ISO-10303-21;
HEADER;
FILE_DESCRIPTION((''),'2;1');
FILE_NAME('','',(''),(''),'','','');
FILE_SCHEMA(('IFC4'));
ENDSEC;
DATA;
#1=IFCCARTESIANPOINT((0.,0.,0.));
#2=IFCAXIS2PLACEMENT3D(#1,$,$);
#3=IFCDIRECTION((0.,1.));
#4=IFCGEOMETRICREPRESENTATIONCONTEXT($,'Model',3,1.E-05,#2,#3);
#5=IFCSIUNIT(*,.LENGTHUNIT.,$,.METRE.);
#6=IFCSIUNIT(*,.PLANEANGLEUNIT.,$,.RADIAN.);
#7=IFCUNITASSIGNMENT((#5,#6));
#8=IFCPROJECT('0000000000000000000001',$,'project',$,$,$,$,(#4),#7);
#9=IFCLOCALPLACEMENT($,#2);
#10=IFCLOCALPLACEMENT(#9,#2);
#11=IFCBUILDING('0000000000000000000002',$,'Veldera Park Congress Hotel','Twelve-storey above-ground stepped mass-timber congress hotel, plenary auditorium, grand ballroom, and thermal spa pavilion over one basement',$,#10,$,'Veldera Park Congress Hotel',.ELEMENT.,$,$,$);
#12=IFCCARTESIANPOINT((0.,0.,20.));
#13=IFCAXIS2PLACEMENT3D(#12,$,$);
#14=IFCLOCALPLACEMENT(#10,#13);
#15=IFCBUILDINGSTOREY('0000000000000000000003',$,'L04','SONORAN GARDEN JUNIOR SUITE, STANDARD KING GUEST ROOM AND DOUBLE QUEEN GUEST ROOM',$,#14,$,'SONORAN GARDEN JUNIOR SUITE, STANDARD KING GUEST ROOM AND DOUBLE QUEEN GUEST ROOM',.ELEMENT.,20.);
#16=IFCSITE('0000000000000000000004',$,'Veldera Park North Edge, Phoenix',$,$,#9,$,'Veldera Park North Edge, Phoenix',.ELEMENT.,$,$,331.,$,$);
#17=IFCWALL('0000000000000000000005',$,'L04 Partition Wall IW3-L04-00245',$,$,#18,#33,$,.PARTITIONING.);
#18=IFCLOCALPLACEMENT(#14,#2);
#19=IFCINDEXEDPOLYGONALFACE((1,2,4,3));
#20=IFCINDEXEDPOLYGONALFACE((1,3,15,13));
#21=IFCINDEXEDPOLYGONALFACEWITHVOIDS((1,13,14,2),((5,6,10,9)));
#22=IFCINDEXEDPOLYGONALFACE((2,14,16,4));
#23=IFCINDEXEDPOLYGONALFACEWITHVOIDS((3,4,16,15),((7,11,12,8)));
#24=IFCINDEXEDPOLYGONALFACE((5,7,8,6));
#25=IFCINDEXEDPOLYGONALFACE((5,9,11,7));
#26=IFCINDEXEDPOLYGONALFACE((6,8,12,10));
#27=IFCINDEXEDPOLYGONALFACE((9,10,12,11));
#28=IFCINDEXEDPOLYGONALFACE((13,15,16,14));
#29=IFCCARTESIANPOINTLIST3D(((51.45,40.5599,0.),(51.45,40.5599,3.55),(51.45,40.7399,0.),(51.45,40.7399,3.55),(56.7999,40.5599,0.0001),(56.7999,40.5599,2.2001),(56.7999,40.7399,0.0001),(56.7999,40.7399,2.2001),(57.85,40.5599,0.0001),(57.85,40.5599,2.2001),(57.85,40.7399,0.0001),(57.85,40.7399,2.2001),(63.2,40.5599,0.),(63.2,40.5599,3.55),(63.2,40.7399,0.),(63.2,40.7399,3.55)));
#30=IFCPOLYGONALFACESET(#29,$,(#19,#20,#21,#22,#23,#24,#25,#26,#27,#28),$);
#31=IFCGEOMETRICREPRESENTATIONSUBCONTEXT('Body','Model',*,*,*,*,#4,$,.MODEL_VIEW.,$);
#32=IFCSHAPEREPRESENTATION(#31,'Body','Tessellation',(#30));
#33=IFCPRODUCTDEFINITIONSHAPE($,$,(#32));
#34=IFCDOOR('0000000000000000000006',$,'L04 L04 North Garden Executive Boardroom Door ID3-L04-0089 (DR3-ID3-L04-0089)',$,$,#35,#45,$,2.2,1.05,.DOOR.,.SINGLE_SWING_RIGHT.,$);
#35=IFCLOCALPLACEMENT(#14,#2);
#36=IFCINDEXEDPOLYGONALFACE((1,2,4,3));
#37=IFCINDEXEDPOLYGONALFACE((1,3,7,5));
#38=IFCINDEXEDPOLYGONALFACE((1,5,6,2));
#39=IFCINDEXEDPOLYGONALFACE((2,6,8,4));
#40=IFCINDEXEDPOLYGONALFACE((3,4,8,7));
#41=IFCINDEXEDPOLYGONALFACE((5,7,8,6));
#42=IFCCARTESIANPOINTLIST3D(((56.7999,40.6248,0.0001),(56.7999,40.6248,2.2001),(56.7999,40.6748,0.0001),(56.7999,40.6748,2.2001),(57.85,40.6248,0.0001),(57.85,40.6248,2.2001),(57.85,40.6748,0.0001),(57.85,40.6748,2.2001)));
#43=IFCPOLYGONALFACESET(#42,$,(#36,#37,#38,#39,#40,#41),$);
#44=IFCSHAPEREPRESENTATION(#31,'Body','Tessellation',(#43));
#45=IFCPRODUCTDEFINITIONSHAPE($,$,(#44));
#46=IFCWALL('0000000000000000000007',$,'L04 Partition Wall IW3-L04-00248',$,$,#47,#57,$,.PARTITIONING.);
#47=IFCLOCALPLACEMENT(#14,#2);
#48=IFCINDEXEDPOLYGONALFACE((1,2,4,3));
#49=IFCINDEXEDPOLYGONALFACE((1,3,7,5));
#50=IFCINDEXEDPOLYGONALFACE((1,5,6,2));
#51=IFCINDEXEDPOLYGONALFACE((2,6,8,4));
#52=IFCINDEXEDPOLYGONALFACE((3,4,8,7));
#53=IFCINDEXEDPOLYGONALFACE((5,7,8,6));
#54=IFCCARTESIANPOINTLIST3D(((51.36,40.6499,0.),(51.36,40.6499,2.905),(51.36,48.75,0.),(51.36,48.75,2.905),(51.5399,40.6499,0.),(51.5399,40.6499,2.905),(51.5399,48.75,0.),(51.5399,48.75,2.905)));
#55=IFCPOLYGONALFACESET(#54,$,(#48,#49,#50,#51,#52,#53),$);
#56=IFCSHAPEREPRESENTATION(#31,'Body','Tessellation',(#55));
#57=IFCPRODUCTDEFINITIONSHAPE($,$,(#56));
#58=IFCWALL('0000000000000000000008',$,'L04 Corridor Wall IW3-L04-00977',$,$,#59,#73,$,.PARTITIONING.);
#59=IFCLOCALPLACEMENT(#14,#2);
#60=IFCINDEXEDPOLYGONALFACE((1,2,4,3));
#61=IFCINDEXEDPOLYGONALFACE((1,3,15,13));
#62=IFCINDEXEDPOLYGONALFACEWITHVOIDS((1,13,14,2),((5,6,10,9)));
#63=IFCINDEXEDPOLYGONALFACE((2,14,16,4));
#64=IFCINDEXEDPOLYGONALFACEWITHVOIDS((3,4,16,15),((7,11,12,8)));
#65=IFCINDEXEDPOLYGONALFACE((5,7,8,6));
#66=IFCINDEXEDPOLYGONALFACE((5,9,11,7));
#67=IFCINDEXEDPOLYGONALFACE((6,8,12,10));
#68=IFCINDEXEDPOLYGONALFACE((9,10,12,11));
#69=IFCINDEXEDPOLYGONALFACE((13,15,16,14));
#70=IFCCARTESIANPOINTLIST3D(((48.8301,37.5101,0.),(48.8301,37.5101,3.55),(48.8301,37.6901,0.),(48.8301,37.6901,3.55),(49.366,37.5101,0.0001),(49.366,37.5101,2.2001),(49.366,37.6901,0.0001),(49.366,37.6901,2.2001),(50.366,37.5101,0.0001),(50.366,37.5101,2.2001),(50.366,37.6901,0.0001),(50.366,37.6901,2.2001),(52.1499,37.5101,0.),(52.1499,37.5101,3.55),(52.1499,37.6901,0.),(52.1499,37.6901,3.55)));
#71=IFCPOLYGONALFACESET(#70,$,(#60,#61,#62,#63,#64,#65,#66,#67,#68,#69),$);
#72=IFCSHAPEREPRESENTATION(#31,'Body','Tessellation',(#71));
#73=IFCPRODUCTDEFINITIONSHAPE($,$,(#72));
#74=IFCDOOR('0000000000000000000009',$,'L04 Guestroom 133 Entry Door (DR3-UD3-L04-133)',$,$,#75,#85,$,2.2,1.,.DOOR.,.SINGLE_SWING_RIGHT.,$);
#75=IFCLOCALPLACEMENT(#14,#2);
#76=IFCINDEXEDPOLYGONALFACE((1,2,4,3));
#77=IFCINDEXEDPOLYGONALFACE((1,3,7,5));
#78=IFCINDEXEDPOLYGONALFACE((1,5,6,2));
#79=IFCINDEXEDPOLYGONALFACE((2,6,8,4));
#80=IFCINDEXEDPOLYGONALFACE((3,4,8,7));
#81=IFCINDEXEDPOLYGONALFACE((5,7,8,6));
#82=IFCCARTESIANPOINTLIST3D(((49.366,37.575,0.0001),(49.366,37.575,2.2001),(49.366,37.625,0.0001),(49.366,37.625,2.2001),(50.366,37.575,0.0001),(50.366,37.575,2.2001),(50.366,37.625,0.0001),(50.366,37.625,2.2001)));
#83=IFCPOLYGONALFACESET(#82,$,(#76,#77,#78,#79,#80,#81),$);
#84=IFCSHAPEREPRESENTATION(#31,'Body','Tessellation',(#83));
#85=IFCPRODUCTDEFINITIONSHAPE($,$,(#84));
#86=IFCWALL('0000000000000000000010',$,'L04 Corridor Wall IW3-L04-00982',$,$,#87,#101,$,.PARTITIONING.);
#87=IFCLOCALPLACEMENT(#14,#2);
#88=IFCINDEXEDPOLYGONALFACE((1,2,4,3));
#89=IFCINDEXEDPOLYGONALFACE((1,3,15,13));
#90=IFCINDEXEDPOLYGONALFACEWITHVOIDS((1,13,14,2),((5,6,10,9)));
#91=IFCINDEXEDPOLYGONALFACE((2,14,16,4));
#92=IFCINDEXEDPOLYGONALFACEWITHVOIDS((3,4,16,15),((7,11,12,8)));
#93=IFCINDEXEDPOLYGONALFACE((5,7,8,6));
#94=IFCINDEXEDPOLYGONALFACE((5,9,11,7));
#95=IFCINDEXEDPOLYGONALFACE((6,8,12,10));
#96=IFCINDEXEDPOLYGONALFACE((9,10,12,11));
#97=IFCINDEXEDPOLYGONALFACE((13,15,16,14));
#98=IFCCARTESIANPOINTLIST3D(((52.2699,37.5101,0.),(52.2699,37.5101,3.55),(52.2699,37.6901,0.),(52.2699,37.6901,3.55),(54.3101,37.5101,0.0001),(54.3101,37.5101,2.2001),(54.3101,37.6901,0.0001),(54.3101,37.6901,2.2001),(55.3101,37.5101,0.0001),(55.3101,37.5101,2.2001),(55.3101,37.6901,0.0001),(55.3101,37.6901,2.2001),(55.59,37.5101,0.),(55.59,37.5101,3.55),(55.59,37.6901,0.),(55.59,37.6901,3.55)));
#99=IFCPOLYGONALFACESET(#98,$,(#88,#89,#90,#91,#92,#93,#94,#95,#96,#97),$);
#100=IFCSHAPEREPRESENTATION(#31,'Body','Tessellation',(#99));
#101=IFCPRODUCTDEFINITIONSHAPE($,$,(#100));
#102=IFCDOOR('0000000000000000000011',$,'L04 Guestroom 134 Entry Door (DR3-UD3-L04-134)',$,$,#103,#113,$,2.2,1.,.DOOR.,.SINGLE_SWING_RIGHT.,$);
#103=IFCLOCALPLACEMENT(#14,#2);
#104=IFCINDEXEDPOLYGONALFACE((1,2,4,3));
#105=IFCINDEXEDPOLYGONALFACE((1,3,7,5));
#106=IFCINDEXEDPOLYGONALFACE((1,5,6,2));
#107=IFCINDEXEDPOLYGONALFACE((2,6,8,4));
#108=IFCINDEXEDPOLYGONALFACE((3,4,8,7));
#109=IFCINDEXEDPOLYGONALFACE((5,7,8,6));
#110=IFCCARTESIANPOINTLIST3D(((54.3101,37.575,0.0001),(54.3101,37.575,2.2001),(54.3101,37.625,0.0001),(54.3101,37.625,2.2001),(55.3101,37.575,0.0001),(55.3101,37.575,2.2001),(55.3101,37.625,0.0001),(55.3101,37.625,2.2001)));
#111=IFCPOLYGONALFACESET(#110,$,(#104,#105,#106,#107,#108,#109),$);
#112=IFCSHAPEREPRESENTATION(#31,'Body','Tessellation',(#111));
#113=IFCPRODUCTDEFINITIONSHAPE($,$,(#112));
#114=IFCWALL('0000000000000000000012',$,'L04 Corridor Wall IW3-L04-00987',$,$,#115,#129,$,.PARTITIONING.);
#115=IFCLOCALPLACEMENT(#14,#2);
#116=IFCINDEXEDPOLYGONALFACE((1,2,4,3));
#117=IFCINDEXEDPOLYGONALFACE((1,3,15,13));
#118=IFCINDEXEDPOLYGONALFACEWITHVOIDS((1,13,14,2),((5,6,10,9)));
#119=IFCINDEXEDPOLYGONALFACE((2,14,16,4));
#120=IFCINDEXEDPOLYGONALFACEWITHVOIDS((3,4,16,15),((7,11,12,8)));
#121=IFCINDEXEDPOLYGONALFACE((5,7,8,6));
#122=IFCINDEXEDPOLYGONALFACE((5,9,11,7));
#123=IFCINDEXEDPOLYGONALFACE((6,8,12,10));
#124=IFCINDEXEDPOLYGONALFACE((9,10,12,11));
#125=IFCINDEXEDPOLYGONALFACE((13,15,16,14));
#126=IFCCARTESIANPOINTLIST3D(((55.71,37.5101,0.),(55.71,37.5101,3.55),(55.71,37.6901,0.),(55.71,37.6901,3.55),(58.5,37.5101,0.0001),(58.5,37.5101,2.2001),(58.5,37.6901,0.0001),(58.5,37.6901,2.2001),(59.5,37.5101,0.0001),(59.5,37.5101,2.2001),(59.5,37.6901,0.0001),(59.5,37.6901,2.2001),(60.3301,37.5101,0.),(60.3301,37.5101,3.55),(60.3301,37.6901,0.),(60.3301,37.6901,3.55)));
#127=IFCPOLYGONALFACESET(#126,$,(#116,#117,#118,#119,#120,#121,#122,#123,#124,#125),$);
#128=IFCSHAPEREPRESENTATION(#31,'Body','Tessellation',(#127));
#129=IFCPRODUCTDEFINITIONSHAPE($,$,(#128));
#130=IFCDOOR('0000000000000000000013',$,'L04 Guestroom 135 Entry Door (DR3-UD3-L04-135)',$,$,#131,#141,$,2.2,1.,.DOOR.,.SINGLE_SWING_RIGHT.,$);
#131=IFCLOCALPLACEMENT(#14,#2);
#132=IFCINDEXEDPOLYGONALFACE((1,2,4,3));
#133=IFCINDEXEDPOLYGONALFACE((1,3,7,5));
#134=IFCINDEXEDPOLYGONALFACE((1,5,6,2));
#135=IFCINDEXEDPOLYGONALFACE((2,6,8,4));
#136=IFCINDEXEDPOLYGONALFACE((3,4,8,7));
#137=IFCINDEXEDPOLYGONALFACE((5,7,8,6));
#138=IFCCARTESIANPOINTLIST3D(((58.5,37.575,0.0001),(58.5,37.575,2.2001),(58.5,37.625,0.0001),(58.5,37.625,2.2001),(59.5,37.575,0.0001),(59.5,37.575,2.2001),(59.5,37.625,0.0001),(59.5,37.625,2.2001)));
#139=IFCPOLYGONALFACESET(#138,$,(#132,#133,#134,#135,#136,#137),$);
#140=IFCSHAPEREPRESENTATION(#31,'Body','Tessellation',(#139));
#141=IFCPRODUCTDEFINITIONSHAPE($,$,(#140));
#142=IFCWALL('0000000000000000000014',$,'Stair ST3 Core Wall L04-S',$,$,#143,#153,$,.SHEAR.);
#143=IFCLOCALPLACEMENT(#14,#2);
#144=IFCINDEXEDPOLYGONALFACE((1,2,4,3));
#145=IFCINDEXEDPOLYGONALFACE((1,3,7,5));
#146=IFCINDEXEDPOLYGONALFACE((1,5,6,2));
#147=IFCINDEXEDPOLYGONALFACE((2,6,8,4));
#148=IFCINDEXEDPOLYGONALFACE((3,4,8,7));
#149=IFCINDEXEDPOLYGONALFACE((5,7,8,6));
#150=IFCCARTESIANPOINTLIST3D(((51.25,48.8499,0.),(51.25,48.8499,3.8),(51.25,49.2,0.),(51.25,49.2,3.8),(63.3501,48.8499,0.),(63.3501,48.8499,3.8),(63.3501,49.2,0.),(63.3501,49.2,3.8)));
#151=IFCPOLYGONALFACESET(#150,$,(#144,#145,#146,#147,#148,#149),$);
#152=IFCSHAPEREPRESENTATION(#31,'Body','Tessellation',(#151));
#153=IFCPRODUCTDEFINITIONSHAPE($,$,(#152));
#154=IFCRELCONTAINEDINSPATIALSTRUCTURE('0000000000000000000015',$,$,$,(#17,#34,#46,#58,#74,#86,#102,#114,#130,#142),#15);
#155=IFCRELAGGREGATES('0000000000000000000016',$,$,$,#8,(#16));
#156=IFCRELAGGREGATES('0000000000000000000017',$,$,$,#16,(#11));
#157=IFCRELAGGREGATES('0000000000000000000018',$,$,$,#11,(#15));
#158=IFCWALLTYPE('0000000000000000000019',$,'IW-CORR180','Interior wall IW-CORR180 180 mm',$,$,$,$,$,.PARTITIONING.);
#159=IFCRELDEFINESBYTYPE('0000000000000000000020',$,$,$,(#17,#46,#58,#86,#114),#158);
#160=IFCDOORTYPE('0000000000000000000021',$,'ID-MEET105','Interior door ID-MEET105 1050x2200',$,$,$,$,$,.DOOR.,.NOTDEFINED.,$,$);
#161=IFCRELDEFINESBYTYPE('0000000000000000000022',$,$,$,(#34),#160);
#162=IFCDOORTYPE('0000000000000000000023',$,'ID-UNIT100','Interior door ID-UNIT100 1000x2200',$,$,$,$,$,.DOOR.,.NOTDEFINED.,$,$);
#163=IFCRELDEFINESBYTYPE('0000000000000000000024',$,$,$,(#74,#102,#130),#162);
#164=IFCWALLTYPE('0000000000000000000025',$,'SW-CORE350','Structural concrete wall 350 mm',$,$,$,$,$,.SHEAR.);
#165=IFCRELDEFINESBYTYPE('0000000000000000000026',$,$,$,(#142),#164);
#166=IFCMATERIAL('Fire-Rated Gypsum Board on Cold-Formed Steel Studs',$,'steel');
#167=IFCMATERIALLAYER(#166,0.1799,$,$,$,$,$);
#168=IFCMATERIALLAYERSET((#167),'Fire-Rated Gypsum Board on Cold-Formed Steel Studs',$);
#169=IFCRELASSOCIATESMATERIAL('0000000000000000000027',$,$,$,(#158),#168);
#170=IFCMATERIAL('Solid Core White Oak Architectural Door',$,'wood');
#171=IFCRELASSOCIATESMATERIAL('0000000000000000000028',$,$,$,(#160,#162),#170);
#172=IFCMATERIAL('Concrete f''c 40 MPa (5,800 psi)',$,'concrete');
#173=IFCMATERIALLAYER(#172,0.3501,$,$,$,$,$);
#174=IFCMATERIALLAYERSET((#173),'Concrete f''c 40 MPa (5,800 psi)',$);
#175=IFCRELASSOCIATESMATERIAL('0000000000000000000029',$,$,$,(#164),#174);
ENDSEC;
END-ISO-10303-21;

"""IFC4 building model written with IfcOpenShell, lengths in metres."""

from ifc_helpers import new_model, si_unit, direction, frame, frame_2d, origin, place, context, subcontext, project, spatial, rectangle, extrude, material, layer, layer_set, type_object, element, fill, save


model = new_model("IFC4")

# Units and contexts
model_context = context("Model", 3, precision=1e-05, world=origin(), true_north=direction((0.0, 1.0)))
body_context = subcontext(model_context, "Body", "Model", "MODEL_VIEW")
ifc_project = project(units=[si_unit("LENGTHUNIT", "METRE"), si_unit("PLANEANGLEUNIT", "RADIAN")], contexts=[model_context])

# Site, building, storey
site_placement = place(None, origin())
site = spatial("IfcSite", under=ifc_project, at=site_placement, Name="Veldera Park North Edge, Phoenix", LongName="Veldera Park North Edge, Phoenix", CompositionType="ELEMENT", RefElevation=331.0)
building_placement = place(site_placement, origin())
building = spatial("IfcBuilding", under=site, at=building_placement, Name="Veldera Park Congress Hotel", Description="Twelve-storey above-ground stepped mass-timber congress hotel, plenary auditorium, grand ballroom, and thermal spa pavilion over one basement", LongName="Veldera Park Congress Hotel", CompositionType="ELEMENT")
storey_placement = place(building_placement, frame((0.0, 0.0, 20.0)))
storey = spatial("IfcBuildingStorey", under=building, at=storey_placement, Name="L04", Description="SONORAN GARDEN JUNIOR SUITE, STANDARD KING GUEST ROOM AND DOUBLE QUEEN GUEST ROOM", LongName="SONORAN GARDEN JUNIOR SUITE, STANDARD KING GUEST ROOM AND DOUBLE QUEEN GUEST ROOM", CompositionType="ELEMENT", Elevation=20.0)

# Wall, opening, door
ifc_material_1 = material(Name="Fire-Rated Gypsum Board on Cold-Formed Steel Studs", Category="steel")
ifc_layer_1 = layer(ifc_material_1, 0.1799)
ifc_layer_set_1 = layer_set([ifc_layer_1], Name="Fire-Rated Gypsum Board on Cold-Formed Steel Studs")
wall_type_1 = type_object("IfcWallType", Name="IW-CORR180", Description="Interior wall IW-CORR180 180 mm", PredefinedType="PARTITIONING", material=ifc_layer_set_1)
wall_1_placement = place(storey_placement, frame((51.45, 40.6499, 0.0), z_axis=(0.0, 0.0, 1.0), x_axis=(1.0, 0.0, 0.0)))
wall_1 = element("IfcWall", 1, at=wall_1_placement, inside=storey, type_object=wall_type_1, Name="L04 Partition Wall IW3-L04-00245", PredefinedType="PARTITIONING", context=body_context, shape_type="SweptSolid", body=[
    extrude(rectangle(XDim=11.75, YDim=0.1799, at=frame_2d((5.875, 0.0))), origin(), (0.0, 0.0, 1.0), 3.55),
])
opening_1_placement = place(wall_1_placement, frame((5.3501, 0.0, 0.0)))
opening_1 = element("IfcOpeningElement", 2, at=opening_1_placement, cuts=wall_1, PredefinedType="OPENING", context=body_context, shape_type="SweptSolid", body=[
    extrude(rectangle(XDim=1.05, YDim=2.2, at=frame_2d((0.5249, 1.1001))), frame((0.0, 0.1021, 0.0), z_axis=(0.0, -1.0, 0.0), x_axis=(1.0, 0.0, 0.0)), (0.0, 0.0, 1.0), 0.2039),
])
ifc_material_2 = material(Name="Solid Core White Oak Architectural Door", Category="wood")
door_type_1 = type_object("IfcDoorType", Name="ID-MEET105", Description="Interior door ID-MEET105 1050x2200", OperationType="NOTDEFINED", PredefinedType="DOOR", material=ifc_material_2)
door_1_placement = place(opening_1_placement, origin())
door_1 = element("IfcDoor", 3, at=door_1_placement, inside=storey, type_object=door_type_1, Name="L04 L04 North Garden Executive Boardroom Door ID3-L04-0089 (DR3-ID3-L04-0089)", OperationType="SINGLE_SWING_RIGHT", OverallHeight=2.2, OverallWidth=1.05, PredefinedType="DOOR", context=body_context, shape_type="SweptSolid", body=[
    extrude(rectangle(XDim=1.05, YDim=2.2, at=frame_2d((0.5249, 1.1001))), frame((0.0, 0.0249, 0.0), z_axis=(0.0, -1.0, 0.0), x_axis=(1.0, 0.0, 0.0)), (0.0, 0.0, 1.0), 0.05),
])
fill(opening_1, door_1)

# Wall
wall_2_placement = place(storey_placement, frame((51.45, 48.75, 0.0), z_axis=(0.0, 0.0, 1.0), x_axis=(0.0, -1.0, 0.0)))
element("IfcWall", 4, at=wall_2_placement, inside=storey, type_object=wall_type_1, Name="L04 Partition Wall IW3-L04-00248", PredefinedType="PARTITIONING", context=body_context, shape_type="SweptSolid", body=[
    extrude(rectangle(XDim=8.1001, YDim=0.1799, at=frame_2d((4.05, 0.0))), origin(), (0.0, 0.0, 1.0), 2.905),
])

# Walls, openings, doors
wall_3_placement = place(storey_placement, frame((52.1499, 37.6001, 0.0), z_axis=(0.0, 0.0, 1.0), x_axis=(-1.0, 0.0, 0.0)))
wall_3 = element("IfcWall", 5, at=wall_3_placement, inside=storey, type_object=wall_type_1, Name="L04 Corridor Wall IW3-L04-00977", PredefinedType="PARTITIONING", context=body_context, shape_type="SweptSolid", body=[
    extrude(rectangle(XDim=3.3198, YDim=0.1799, at=frame_2d((1.6599, 0.0))), origin(), (0.0, 0.0, 1.0), 3.55),
])
opening_2_placement = place(wall_3_placement, frame((1.7839, 0.0, 0.0)))
opening_2 = element("IfcOpeningElement", 6, at=opening_2_placement, cuts=wall_3, PredefinedType="OPENING", context=body_context, shape_type="SweptSolid", body=[
    extrude(rectangle(XDim=1.0, YDim=2.2, at=frame_2d((0.5, 1.1001))), frame((0.0, 0.1021, 0.0), z_axis=(0.0, -1.0, 0.0), x_axis=(1.0, 0.0, 0.0)), (0.0, 0.0, 1.0), 0.2039),
])
door_type_2 = type_object("IfcDoorType", Name="ID-UNIT100", Description="Interior door ID-UNIT100 1000x2200", OperationType="NOTDEFINED", PredefinedType="DOOR", material=ifc_material_2)
door_2_placement = place(opening_2_placement, frame((1.0, 0.0, 0.0), z_axis=(0.0, 0.0, 1.0), x_axis=(-1.0, 0.0, 0.0)))
door_2 = element("IfcDoor", 7, at=door_2_placement, inside=storey, type_object=door_type_2, Name="L04 Guestroom 133 Entry Door (DR3-UD3-L04-133)", OperationType="SINGLE_SWING_RIGHT", OverallHeight=2.2, OverallWidth=1.0, PredefinedType="DOOR", context=body_context, shape_type="SweptSolid", body=[
    extrude(rectangle(XDim=1.0, YDim=2.2, at=frame_2d((0.5, 1.1001))), frame((0.0, 0.0249, 0.0), z_axis=(0.0, -1.0, 0.0), x_axis=(1.0, 0.0, 0.0)), (0.0, 0.0, 1.0), 0.05),
])
fill(opening_2, door_2)
wall_4_placement = place(storey_placement, frame((55.5901, 37.6001, 0.0), z_axis=(0.0, 0.0, 1.0), x_axis=(-1.0, 0.0, 0.0)))
wall_4 = element("IfcWall", 8, at=wall_4_placement, inside=storey, type_object=wall_type_1, Name="L04 Corridor Wall IW3-L04-00982", PredefinedType="PARTITIONING", context=body_context, shape_type="SweptSolid", body=[
    extrude(rectangle(XDim=3.3201, YDim=0.1799, at=frame_2d((1.6602, 0.0))), origin(), (0.0, 0.0, 1.0), 3.55),
])
opening_3_placement = place(wall_4_placement, frame((0.28, 0.0, 0.0)))
opening_3 = element("IfcOpeningElement", 9, at=opening_3_placement, cuts=wall_4, PredefinedType="OPENING", context=body_context, shape_type="SweptSolid", body=[
    extrude(rectangle(XDim=1.0, YDim=2.2, at=frame_2d((0.5, 1.1001))), frame((0.0, 0.1021, 0.0), z_axis=(0.0, -1.0, 0.0), x_axis=(1.0, 0.0, 0.0)), (0.0, 0.0, 1.0), 0.2039),
])
door_3_placement = place(opening_3_placement, frame((1.0, 0.0, 0.0), z_axis=(0.0, 0.0, 1.0), x_axis=(-1.0, 0.0, 0.0)))
door_3 = element("IfcDoor", 10, at=door_3_placement, inside=storey, type_object=door_type_2, Name="L04 Guestroom 134 Entry Door (DR3-UD3-L04-134)", OperationType="SINGLE_SWING_RIGHT", OverallHeight=2.2, OverallWidth=1.0, PredefinedType="DOOR", context=body_context, shape_type="SweptSolid", body=[
    extrude(rectangle(XDim=1.0, YDim=2.2, at=frame_2d((0.5, 1.1001))), frame((0.0, 0.0249, 0.0), z_axis=(0.0, -1.0, 0.0), x_axis=(1.0, 0.0, 0.0)), (0.0, 0.0, 1.0), 0.05),
])
fill(opening_3, door_3)
wall_5_placement = place(storey_placement, frame((60.3301, 37.6001, 0.0), z_axis=(0.0, 0.0, 1.0), x_axis=(-1.0, 0.0, 0.0)))
wall_5 = element("IfcWall", 11, at=wall_5_placement, inside=storey, type_object=wall_type_1, Name="L04 Corridor Wall IW3-L04-00987", PredefinedType="PARTITIONING", context=body_context, shape_type="SweptSolid", body=[
    extrude(rectangle(XDim=4.6201, YDim=0.1799, at=frame_2d((2.3101, 0.0))), origin(), (0.0, 0.0, 1.0), 3.55),
])
opening_4_placement = place(wall_5_placement, frame((0.8301, 0.0, 0.0)))
opening_4 = element("IfcOpeningElement", 12, at=opening_4_placement, cuts=wall_5, PredefinedType="OPENING", context=body_context, shape_type="SweptSolid", body=[
    extrude(rectangle(XDim=1.0, YDim=2.2, at=frame_2d((0.5, 1.1001))), frame((0.0, 0.1021, 0.0), z_axis=(0.0, -1.0, 0.0), x_axis=(1.0, 0.0, 0.0)), (0.0, 0.0, 1.0), 0.2039),
])
door_4_placement = place(opening_4_placement, frame((1.0, 0.0, 0.0), z_axis=(0.0, 0.0, 1.0), x_axis=(-1.0, 0.0, 0.0)))
door_4 = element("IfcDoor", 13, at=door_4_placement, inside=storey, type_object=door_type_2, Name="L04 Guestroom 135 Entry Door (DR3-UD3-L04-135)", OperationType="SINGLE_SWING_RIGHT", OverallHeight=2.2, OverallWidth=1.0, PredefinedType="DOOR", context=body_context, shape_type="SweptSolid", body=[
    extrude(rectangle(XDim=1.0, YDim=2.2, at=frame_2d((0.5, 1.1001))), frame((0.0, 0.0249, 0.0), z_axis=(0.0, -1.0, 0.0), x_axis=(1.0, 0.0, 0.0)), (0.0, 0.0, 1.0), 0.05),
])
fill(opening_4, door_4)

# Wall
ifc_material_3 = material(Name="Concrete f'c 40 MPa (5,800 psi)", Category="concrete")
ifc_layer_2 = layer(ifc_material_3, 0.3501)
ifc_layer_set_2 = layer_set([ifc_layer_2], Name="Concrete f'c 40 MPa (5,800 psi)")
wall_type_2 = type_object("IfcWallType", Name="SW-CORE350", Description="Structural concrete wall 350 mm", PredefinedType="SHEAR", material=ifc_layer_set_2)
wall_6_placement = place(storey_placement, frame((51.25, 49.0249, 0.0), z_axis=(0.0, 0.0, 1.0), x_axis=(1.0, 0.0, 0.0)))
element("IfcWall", 14, at=wall_6_placement, inside=storey, type_object=wall_type_2, Name="Stair ST3 Core Wall L04-S", PredefinedType="SHEAR", context=body_context, shape_type="SweptSolid", body=[
    extrude(rectangle(XDim=12.1001, YDim=0.3501, at=frame_2d((6.05, 0.0))), origin(), (0.0, 0.0, 1.0), 3.8),
])

save(model, "model.ifc")
